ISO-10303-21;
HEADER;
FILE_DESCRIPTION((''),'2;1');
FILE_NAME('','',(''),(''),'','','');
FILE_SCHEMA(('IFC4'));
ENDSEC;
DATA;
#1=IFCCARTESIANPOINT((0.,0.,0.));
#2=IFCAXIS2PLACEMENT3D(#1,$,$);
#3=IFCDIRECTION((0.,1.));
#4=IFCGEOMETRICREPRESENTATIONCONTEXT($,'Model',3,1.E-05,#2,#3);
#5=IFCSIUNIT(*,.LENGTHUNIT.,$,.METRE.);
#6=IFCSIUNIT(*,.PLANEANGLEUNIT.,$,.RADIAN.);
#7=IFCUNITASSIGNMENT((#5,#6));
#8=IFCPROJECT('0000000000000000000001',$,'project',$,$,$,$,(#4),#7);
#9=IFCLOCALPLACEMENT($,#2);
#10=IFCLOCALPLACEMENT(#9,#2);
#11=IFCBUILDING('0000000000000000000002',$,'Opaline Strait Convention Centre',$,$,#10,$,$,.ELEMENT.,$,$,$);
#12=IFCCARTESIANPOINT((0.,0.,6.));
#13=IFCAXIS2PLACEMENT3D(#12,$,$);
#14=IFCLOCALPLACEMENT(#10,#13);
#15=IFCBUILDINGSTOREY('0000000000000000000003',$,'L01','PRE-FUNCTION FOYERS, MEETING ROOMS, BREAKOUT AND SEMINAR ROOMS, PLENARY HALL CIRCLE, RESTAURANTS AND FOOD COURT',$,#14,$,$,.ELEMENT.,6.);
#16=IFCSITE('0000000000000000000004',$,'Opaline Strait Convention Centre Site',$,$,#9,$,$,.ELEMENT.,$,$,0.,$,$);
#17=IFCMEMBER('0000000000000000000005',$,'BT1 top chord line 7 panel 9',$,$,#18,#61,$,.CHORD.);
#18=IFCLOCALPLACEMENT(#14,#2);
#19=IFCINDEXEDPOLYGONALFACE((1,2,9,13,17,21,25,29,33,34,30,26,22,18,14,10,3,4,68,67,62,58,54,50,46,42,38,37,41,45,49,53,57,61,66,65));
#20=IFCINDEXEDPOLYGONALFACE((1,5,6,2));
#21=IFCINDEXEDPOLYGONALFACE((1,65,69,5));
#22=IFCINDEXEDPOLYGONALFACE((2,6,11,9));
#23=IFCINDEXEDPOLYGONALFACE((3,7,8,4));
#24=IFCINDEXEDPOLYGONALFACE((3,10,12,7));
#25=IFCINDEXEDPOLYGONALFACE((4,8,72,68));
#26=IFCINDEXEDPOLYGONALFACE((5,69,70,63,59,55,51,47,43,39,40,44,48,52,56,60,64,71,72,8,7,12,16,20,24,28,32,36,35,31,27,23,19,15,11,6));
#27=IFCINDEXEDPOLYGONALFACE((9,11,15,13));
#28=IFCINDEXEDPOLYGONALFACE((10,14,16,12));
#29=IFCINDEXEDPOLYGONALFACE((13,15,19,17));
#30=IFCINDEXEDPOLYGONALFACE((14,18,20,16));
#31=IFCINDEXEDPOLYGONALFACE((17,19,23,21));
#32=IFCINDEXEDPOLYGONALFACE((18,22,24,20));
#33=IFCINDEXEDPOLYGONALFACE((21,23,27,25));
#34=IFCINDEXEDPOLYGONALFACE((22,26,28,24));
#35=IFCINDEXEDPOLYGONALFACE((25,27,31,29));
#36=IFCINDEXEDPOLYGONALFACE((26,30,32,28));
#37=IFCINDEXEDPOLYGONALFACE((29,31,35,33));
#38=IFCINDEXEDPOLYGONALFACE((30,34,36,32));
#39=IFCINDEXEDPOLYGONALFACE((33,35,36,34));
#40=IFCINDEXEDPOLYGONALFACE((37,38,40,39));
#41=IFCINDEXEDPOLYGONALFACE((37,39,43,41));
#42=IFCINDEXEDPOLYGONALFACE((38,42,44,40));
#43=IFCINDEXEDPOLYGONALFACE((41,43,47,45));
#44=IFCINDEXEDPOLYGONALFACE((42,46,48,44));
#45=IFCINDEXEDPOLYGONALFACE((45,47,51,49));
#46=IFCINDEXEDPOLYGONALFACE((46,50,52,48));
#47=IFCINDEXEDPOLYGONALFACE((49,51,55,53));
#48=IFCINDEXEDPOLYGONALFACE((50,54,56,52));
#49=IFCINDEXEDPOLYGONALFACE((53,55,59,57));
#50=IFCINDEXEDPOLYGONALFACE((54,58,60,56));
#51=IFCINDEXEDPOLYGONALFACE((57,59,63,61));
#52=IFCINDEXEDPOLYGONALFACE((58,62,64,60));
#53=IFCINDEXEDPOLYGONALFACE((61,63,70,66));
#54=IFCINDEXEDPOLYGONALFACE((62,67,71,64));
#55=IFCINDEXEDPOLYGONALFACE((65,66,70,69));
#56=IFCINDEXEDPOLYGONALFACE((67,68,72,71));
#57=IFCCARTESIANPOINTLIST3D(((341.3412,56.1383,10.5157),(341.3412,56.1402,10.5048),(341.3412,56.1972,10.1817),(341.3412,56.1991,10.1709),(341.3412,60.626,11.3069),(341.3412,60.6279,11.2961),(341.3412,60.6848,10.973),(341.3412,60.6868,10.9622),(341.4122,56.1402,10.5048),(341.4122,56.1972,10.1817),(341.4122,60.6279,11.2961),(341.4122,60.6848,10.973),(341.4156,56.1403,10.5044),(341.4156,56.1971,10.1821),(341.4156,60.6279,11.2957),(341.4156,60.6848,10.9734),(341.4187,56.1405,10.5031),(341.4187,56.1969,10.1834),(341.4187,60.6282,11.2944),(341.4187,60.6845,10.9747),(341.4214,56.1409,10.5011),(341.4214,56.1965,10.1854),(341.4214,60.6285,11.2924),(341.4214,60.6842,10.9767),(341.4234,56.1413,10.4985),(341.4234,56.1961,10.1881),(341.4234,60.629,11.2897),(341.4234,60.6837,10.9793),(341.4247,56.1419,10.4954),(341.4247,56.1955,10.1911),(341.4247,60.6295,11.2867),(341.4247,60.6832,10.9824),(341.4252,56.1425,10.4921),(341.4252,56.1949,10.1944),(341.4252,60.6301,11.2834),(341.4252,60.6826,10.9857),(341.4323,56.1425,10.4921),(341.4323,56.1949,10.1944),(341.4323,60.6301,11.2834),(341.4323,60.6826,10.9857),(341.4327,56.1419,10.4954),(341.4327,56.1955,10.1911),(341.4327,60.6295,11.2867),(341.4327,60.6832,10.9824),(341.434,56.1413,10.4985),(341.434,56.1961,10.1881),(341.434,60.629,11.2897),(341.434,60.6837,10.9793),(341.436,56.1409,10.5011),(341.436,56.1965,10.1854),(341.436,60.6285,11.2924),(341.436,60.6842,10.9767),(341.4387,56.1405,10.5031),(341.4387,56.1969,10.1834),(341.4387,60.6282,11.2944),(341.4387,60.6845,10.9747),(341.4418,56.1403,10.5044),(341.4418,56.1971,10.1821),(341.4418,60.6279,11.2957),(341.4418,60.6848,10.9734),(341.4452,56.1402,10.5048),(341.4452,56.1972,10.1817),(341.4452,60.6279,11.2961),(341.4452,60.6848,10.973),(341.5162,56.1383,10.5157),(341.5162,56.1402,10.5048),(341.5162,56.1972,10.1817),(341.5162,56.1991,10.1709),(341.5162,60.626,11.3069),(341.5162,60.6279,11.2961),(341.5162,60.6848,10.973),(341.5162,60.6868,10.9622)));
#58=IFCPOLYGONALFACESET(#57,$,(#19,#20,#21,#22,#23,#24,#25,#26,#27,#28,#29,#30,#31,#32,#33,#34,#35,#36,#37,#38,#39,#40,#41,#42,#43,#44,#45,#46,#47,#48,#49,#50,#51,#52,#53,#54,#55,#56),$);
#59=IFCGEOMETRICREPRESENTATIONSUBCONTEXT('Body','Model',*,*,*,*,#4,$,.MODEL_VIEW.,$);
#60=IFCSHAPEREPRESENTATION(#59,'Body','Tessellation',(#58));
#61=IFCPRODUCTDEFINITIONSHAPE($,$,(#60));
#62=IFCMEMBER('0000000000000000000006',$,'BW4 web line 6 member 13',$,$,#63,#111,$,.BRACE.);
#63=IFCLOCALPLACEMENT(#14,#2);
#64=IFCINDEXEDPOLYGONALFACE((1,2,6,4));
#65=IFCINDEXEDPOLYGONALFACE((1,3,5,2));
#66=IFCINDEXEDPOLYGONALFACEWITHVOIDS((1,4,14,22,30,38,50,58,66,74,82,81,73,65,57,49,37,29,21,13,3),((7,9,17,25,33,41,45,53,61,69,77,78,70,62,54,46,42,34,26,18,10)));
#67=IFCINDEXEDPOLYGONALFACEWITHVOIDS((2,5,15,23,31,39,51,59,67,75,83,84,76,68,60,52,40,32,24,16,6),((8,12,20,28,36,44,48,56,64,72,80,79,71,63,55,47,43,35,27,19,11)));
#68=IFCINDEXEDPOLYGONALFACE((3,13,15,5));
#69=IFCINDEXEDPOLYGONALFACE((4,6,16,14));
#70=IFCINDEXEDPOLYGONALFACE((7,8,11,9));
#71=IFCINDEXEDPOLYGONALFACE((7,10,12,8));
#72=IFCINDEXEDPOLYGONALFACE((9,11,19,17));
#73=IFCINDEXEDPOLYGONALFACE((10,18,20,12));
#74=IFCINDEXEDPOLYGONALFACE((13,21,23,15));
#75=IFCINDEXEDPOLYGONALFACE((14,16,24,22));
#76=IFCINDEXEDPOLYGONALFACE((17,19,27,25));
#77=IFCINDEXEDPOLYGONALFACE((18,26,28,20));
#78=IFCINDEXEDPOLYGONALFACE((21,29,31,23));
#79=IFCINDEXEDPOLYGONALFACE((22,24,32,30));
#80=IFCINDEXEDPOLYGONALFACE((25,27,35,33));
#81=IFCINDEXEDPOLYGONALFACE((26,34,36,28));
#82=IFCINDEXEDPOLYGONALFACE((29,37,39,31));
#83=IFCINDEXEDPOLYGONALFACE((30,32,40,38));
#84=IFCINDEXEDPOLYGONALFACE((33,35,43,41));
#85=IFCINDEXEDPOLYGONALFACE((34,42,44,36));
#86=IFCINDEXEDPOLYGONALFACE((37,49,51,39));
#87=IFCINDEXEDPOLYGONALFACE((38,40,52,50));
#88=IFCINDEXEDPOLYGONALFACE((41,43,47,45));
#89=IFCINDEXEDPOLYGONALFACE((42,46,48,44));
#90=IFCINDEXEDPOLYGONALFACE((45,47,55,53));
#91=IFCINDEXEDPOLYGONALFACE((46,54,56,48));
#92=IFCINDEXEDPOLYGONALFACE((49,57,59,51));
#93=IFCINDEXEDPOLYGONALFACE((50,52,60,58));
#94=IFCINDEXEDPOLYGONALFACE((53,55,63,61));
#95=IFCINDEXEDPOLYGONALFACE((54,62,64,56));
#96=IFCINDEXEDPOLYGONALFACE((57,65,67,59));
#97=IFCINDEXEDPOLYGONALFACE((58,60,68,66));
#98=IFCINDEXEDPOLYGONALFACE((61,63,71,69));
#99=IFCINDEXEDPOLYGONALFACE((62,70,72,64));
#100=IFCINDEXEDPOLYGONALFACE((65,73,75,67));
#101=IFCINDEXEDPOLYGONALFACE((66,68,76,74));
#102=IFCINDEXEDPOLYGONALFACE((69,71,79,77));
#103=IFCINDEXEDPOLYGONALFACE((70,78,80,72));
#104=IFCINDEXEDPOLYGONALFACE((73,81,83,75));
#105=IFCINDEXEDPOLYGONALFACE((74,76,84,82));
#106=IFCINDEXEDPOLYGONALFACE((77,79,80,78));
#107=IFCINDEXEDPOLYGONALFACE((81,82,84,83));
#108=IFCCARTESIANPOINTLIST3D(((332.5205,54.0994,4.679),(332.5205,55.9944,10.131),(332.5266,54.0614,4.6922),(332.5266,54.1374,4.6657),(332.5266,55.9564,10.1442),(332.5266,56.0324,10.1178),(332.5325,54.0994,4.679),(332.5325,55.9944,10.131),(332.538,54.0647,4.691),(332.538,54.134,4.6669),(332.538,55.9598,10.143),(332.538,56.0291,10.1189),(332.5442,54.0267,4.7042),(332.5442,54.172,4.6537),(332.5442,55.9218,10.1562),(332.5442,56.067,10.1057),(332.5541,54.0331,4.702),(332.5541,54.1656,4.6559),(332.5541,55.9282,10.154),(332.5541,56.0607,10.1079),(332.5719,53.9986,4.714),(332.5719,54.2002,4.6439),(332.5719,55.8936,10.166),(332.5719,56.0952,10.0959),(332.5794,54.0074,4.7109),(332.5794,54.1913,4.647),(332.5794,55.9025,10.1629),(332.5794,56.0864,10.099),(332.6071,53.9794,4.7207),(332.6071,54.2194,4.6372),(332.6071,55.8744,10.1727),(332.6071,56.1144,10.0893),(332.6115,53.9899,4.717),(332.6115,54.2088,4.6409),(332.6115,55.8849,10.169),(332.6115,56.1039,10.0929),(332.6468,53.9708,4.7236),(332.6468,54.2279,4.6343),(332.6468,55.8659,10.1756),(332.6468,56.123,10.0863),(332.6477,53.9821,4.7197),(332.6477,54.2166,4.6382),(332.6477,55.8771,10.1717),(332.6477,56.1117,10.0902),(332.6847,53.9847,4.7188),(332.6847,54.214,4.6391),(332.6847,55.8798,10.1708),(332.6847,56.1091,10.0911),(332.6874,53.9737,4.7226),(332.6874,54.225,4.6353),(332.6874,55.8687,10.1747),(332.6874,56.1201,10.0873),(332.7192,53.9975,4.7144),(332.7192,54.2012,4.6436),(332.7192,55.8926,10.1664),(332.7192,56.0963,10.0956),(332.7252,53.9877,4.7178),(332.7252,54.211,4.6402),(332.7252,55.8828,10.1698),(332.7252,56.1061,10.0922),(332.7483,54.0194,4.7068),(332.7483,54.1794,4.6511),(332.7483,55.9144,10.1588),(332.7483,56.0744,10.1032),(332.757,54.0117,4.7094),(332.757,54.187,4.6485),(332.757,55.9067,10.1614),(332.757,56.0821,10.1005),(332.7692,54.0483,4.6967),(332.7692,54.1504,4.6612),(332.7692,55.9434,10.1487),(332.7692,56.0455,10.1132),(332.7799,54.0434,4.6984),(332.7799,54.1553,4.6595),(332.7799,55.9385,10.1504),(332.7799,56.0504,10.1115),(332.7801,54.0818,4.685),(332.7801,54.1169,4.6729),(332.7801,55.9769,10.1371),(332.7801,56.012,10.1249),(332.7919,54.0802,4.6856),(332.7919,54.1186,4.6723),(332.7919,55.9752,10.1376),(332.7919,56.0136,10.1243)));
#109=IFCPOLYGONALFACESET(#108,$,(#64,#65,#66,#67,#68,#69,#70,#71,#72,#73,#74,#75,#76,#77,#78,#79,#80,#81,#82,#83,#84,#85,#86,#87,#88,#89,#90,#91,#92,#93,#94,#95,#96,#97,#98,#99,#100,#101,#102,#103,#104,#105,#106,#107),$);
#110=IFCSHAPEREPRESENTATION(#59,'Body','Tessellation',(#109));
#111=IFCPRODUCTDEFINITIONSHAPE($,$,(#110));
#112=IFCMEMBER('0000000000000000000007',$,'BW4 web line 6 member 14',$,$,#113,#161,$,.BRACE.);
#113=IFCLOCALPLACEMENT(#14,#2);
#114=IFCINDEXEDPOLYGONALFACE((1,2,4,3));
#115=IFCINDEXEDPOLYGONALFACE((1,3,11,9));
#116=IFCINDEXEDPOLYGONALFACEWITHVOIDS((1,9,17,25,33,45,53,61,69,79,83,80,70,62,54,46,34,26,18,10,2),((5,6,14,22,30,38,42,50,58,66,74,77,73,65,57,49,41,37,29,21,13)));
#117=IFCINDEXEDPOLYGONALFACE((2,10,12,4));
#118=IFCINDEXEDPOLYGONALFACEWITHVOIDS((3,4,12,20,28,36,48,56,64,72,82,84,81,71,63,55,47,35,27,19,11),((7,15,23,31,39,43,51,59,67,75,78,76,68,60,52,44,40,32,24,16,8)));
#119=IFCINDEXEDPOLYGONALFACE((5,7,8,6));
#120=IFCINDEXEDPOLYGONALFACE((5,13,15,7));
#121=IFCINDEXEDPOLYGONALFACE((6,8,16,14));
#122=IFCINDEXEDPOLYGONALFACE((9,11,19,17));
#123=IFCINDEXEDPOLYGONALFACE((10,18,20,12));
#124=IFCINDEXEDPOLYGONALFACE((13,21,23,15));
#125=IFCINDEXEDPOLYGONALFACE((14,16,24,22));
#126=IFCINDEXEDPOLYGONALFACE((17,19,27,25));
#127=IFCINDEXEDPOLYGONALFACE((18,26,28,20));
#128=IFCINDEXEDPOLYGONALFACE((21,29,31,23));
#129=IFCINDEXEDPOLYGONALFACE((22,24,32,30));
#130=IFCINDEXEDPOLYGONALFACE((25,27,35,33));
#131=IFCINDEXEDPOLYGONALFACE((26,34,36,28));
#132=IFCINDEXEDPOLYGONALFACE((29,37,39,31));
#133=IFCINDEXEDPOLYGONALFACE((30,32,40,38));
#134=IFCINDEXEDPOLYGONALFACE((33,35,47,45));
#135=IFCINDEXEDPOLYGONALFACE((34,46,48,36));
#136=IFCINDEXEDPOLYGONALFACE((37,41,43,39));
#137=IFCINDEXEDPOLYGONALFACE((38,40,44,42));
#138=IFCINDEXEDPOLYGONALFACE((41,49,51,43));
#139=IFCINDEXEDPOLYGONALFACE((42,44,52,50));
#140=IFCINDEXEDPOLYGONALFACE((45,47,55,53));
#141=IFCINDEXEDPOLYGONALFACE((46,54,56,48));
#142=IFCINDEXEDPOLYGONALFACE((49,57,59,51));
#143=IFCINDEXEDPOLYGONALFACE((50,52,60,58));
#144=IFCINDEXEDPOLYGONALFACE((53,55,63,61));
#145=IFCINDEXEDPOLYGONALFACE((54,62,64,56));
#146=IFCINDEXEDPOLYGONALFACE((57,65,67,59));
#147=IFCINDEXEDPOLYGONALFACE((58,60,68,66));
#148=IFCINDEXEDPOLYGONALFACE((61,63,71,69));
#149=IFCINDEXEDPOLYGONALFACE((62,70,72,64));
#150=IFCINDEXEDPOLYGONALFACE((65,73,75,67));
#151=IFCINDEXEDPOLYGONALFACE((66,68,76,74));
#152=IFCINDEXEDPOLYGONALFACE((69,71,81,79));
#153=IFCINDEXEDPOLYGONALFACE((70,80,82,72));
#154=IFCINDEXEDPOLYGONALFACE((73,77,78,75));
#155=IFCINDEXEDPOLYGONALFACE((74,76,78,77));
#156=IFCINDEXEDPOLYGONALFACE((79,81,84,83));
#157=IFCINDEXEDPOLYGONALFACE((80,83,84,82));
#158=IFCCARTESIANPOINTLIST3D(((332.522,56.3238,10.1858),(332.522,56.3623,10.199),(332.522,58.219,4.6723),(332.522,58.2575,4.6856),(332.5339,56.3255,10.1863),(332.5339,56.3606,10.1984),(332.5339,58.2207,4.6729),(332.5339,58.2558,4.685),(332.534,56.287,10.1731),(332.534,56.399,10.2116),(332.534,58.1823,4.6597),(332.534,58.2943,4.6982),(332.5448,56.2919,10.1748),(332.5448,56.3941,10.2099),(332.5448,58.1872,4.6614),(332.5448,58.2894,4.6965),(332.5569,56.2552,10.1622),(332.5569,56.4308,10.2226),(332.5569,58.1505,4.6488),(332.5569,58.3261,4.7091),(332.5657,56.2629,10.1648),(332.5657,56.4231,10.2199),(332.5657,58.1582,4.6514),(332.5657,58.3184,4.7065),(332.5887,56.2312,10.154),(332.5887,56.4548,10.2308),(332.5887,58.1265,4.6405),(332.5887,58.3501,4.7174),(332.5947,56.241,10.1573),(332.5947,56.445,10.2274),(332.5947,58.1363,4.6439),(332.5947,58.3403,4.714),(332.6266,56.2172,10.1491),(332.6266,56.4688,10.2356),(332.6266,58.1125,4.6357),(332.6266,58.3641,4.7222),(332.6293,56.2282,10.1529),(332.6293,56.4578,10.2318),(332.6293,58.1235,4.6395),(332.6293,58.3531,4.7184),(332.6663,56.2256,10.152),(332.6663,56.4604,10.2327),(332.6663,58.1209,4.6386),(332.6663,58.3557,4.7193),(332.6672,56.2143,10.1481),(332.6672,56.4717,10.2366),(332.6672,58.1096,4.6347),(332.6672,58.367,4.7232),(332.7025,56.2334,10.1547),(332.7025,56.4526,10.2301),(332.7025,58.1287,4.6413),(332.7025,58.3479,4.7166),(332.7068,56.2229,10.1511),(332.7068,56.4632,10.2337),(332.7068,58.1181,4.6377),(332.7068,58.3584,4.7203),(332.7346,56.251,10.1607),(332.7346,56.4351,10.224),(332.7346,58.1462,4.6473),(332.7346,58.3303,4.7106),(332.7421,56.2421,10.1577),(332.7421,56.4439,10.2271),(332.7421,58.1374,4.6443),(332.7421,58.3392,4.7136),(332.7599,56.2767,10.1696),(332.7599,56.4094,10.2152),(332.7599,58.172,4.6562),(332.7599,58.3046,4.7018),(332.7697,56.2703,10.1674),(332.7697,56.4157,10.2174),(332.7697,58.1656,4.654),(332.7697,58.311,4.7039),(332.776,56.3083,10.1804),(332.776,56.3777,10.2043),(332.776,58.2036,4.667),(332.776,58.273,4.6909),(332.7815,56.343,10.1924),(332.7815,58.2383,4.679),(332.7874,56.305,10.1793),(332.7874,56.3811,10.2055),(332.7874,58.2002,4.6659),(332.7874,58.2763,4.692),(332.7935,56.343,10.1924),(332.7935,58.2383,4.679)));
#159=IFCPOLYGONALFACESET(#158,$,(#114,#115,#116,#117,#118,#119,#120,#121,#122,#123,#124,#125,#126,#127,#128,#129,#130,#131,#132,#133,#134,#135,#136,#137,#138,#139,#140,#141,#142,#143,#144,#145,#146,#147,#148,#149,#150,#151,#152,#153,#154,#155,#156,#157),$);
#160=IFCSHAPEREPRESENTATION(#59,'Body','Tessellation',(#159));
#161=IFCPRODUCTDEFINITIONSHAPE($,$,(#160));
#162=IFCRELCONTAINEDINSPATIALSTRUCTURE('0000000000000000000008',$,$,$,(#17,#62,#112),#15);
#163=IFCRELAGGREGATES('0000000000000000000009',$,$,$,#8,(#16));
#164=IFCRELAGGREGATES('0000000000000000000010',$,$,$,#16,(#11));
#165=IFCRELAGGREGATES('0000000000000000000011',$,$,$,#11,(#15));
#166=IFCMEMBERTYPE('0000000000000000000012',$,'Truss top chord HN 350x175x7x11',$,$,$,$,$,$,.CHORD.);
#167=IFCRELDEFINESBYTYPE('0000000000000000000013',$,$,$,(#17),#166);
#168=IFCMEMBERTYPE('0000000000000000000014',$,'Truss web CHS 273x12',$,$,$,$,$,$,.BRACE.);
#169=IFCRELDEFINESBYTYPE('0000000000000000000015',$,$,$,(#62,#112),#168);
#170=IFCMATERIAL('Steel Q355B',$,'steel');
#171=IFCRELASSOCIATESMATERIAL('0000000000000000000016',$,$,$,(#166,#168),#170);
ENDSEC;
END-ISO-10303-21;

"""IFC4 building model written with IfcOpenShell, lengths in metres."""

from ifc_helpers import new_model, si_unit, direction, frame, origin, origin_2d, place, context, subcontext, project, spatial, hollow_circle, i_section, extrude, material, material_profile, profile_set, type_object, element, save


model = new_model("IFC4")

# Units and contexts
model_context = context("Model", 3, precision=1e-05, world=origin(), true_north=direction((0.0, 1.0)))
body_context = subcontext(model_context, "Body", "Model", "MODEL_VIEW")
ifc_project = project(units=[si_unit("LENGTHUNIT", "METRE"), si_unit("PLANEANGLEUNIT", "RADIAN")], contexts=[model_context])

# Site, building, storey
site_placement = place(None, origin())
site = spatial("IfcSite", under=ifc_project, at=site_placement, Name="Opaline Strait Convention Centre Site", CompositionType="ELEMENT", RefElevation=0.0)
building_placement = place(site_placement, origin())
building = spatial("IfcBuilding", under=site, at=building_placement, Name="Opaline Strait Convention Centre", CompositionType="ELEMENT")
storey_placement = place(building_placement, frame((0.0, 0.0, 6.0)))
storey = spatial("IfcBuildingStorey", under=building, at=storey_placement, Name="L01", Description="PRE-FUNCTION FOYERS, MEETING ROOMS, BREAKOUT AND SEMINAR ROOMS, PLENARY HALL CIRCLE, RESTAURANTS AND FOOD COURT", CompositionType="ELEMENT", Elevation=6.0)

# Members
ifc_material_1 = material(Name="Steel Q355B", Category="steel")
ifc_material_profile_1 = material_profile(ifc_material_1, i_section(OverallWidth=0.175, OverallDepth=0.3501, WebThickness=0.0071, FlangeThickness=0.011, FilletRadius=0.0129, at=origin_2d()), Name="HN 350x175x7x11")
ifc_profile_set_1 = profile_set([ifc_material_profile_1], Name="Steel Q355B")
member_type_1 = type_object("IfcMemberType", Name="Truss top chord HN 350x175x7x11", PredefinedType="CHORD", material=ifc_profile_set_1)
for number, where, z_axis, x_axis, name in (
    (1, (341.4287, 56.1687, 10.3433), (0.0, 0.984808, 0.173645), (-1.0, 0.0, 0.0), "BT1 top chord line 7 panel 9"),
):
    element("IfcMember", number, at=place(storey_placement, frame(where, z_axis=z_axis, x_axis=x_axis)), inside=storey, type_object=member_type_1, Name=name, PredefinedType="CHORD", context=body_context, shape_type="SweptSolid", body=[
        extrude(i_section(OverallWidth=0.175, OverallDepth=0.3501, WebThickness=0.0071, FlangeThickness=0.011, FilletRadius=0.0129, at=origin_2d()), origin(), (0.0, 0.0, 1.0), 4.5569),
    ])
ifc_material_profile_2 = material_profile(ifc_material_1, hollow_circle(Radius=0.1365, WallThickness=0.012, at=origin_2d()), Name="CHS 273x12")
ifc_profile_set_2 = profile_set([ifc_material_profile_2], Name="Steel Q355B")
member_type_2 = type_object("IfcMemberType", Name="Truss web CHS 273x12", PredefinedType="BRACE", material=ifc_profile_set_2)
member_1_placement = place(storey_placement, frame((332.657, 54.0994, 4.679), z_axis=(0.0, 0.32832, 0.944566), x_axis=(-1.0, 0.0, 0.0)))
element("IfcMember", 2, at=member_1_placement, inside=storey, type_object=member_type_2, Name="BW4 web line 6 member 13", PredefinedType="BRACE", context=body_context, shape_type="SweptSolid", body=[
    extrude(hollow_circle(Radius=0.1365, WallThickness=0.012, at=origin_2d()), origin(), (0.0, 0.0, 1.0), 5.772),
])
member_2_placement = place(storey_placement, frame((332.657, 58.2383, 4.679), z_axis=(0.0, -0.325083, 0.945685), x_axis=(1.0, 0.0, 0.0)))
element("IfcMember", 3, at=member_2_placement, inside=storey, type_object=member_type_2, Name="BW4 web line 6 member 14", PredefinedType="BRACE", context=body_context, shape_type="SweptSolid", body=[
    extrude(hollow_circle(Radius=0.1365, WallThickness=0.012, at=origin_2d()), origin(), (0.0, 0.0, 1.0), 5.8301),
])

save(model, "model.ifc")
